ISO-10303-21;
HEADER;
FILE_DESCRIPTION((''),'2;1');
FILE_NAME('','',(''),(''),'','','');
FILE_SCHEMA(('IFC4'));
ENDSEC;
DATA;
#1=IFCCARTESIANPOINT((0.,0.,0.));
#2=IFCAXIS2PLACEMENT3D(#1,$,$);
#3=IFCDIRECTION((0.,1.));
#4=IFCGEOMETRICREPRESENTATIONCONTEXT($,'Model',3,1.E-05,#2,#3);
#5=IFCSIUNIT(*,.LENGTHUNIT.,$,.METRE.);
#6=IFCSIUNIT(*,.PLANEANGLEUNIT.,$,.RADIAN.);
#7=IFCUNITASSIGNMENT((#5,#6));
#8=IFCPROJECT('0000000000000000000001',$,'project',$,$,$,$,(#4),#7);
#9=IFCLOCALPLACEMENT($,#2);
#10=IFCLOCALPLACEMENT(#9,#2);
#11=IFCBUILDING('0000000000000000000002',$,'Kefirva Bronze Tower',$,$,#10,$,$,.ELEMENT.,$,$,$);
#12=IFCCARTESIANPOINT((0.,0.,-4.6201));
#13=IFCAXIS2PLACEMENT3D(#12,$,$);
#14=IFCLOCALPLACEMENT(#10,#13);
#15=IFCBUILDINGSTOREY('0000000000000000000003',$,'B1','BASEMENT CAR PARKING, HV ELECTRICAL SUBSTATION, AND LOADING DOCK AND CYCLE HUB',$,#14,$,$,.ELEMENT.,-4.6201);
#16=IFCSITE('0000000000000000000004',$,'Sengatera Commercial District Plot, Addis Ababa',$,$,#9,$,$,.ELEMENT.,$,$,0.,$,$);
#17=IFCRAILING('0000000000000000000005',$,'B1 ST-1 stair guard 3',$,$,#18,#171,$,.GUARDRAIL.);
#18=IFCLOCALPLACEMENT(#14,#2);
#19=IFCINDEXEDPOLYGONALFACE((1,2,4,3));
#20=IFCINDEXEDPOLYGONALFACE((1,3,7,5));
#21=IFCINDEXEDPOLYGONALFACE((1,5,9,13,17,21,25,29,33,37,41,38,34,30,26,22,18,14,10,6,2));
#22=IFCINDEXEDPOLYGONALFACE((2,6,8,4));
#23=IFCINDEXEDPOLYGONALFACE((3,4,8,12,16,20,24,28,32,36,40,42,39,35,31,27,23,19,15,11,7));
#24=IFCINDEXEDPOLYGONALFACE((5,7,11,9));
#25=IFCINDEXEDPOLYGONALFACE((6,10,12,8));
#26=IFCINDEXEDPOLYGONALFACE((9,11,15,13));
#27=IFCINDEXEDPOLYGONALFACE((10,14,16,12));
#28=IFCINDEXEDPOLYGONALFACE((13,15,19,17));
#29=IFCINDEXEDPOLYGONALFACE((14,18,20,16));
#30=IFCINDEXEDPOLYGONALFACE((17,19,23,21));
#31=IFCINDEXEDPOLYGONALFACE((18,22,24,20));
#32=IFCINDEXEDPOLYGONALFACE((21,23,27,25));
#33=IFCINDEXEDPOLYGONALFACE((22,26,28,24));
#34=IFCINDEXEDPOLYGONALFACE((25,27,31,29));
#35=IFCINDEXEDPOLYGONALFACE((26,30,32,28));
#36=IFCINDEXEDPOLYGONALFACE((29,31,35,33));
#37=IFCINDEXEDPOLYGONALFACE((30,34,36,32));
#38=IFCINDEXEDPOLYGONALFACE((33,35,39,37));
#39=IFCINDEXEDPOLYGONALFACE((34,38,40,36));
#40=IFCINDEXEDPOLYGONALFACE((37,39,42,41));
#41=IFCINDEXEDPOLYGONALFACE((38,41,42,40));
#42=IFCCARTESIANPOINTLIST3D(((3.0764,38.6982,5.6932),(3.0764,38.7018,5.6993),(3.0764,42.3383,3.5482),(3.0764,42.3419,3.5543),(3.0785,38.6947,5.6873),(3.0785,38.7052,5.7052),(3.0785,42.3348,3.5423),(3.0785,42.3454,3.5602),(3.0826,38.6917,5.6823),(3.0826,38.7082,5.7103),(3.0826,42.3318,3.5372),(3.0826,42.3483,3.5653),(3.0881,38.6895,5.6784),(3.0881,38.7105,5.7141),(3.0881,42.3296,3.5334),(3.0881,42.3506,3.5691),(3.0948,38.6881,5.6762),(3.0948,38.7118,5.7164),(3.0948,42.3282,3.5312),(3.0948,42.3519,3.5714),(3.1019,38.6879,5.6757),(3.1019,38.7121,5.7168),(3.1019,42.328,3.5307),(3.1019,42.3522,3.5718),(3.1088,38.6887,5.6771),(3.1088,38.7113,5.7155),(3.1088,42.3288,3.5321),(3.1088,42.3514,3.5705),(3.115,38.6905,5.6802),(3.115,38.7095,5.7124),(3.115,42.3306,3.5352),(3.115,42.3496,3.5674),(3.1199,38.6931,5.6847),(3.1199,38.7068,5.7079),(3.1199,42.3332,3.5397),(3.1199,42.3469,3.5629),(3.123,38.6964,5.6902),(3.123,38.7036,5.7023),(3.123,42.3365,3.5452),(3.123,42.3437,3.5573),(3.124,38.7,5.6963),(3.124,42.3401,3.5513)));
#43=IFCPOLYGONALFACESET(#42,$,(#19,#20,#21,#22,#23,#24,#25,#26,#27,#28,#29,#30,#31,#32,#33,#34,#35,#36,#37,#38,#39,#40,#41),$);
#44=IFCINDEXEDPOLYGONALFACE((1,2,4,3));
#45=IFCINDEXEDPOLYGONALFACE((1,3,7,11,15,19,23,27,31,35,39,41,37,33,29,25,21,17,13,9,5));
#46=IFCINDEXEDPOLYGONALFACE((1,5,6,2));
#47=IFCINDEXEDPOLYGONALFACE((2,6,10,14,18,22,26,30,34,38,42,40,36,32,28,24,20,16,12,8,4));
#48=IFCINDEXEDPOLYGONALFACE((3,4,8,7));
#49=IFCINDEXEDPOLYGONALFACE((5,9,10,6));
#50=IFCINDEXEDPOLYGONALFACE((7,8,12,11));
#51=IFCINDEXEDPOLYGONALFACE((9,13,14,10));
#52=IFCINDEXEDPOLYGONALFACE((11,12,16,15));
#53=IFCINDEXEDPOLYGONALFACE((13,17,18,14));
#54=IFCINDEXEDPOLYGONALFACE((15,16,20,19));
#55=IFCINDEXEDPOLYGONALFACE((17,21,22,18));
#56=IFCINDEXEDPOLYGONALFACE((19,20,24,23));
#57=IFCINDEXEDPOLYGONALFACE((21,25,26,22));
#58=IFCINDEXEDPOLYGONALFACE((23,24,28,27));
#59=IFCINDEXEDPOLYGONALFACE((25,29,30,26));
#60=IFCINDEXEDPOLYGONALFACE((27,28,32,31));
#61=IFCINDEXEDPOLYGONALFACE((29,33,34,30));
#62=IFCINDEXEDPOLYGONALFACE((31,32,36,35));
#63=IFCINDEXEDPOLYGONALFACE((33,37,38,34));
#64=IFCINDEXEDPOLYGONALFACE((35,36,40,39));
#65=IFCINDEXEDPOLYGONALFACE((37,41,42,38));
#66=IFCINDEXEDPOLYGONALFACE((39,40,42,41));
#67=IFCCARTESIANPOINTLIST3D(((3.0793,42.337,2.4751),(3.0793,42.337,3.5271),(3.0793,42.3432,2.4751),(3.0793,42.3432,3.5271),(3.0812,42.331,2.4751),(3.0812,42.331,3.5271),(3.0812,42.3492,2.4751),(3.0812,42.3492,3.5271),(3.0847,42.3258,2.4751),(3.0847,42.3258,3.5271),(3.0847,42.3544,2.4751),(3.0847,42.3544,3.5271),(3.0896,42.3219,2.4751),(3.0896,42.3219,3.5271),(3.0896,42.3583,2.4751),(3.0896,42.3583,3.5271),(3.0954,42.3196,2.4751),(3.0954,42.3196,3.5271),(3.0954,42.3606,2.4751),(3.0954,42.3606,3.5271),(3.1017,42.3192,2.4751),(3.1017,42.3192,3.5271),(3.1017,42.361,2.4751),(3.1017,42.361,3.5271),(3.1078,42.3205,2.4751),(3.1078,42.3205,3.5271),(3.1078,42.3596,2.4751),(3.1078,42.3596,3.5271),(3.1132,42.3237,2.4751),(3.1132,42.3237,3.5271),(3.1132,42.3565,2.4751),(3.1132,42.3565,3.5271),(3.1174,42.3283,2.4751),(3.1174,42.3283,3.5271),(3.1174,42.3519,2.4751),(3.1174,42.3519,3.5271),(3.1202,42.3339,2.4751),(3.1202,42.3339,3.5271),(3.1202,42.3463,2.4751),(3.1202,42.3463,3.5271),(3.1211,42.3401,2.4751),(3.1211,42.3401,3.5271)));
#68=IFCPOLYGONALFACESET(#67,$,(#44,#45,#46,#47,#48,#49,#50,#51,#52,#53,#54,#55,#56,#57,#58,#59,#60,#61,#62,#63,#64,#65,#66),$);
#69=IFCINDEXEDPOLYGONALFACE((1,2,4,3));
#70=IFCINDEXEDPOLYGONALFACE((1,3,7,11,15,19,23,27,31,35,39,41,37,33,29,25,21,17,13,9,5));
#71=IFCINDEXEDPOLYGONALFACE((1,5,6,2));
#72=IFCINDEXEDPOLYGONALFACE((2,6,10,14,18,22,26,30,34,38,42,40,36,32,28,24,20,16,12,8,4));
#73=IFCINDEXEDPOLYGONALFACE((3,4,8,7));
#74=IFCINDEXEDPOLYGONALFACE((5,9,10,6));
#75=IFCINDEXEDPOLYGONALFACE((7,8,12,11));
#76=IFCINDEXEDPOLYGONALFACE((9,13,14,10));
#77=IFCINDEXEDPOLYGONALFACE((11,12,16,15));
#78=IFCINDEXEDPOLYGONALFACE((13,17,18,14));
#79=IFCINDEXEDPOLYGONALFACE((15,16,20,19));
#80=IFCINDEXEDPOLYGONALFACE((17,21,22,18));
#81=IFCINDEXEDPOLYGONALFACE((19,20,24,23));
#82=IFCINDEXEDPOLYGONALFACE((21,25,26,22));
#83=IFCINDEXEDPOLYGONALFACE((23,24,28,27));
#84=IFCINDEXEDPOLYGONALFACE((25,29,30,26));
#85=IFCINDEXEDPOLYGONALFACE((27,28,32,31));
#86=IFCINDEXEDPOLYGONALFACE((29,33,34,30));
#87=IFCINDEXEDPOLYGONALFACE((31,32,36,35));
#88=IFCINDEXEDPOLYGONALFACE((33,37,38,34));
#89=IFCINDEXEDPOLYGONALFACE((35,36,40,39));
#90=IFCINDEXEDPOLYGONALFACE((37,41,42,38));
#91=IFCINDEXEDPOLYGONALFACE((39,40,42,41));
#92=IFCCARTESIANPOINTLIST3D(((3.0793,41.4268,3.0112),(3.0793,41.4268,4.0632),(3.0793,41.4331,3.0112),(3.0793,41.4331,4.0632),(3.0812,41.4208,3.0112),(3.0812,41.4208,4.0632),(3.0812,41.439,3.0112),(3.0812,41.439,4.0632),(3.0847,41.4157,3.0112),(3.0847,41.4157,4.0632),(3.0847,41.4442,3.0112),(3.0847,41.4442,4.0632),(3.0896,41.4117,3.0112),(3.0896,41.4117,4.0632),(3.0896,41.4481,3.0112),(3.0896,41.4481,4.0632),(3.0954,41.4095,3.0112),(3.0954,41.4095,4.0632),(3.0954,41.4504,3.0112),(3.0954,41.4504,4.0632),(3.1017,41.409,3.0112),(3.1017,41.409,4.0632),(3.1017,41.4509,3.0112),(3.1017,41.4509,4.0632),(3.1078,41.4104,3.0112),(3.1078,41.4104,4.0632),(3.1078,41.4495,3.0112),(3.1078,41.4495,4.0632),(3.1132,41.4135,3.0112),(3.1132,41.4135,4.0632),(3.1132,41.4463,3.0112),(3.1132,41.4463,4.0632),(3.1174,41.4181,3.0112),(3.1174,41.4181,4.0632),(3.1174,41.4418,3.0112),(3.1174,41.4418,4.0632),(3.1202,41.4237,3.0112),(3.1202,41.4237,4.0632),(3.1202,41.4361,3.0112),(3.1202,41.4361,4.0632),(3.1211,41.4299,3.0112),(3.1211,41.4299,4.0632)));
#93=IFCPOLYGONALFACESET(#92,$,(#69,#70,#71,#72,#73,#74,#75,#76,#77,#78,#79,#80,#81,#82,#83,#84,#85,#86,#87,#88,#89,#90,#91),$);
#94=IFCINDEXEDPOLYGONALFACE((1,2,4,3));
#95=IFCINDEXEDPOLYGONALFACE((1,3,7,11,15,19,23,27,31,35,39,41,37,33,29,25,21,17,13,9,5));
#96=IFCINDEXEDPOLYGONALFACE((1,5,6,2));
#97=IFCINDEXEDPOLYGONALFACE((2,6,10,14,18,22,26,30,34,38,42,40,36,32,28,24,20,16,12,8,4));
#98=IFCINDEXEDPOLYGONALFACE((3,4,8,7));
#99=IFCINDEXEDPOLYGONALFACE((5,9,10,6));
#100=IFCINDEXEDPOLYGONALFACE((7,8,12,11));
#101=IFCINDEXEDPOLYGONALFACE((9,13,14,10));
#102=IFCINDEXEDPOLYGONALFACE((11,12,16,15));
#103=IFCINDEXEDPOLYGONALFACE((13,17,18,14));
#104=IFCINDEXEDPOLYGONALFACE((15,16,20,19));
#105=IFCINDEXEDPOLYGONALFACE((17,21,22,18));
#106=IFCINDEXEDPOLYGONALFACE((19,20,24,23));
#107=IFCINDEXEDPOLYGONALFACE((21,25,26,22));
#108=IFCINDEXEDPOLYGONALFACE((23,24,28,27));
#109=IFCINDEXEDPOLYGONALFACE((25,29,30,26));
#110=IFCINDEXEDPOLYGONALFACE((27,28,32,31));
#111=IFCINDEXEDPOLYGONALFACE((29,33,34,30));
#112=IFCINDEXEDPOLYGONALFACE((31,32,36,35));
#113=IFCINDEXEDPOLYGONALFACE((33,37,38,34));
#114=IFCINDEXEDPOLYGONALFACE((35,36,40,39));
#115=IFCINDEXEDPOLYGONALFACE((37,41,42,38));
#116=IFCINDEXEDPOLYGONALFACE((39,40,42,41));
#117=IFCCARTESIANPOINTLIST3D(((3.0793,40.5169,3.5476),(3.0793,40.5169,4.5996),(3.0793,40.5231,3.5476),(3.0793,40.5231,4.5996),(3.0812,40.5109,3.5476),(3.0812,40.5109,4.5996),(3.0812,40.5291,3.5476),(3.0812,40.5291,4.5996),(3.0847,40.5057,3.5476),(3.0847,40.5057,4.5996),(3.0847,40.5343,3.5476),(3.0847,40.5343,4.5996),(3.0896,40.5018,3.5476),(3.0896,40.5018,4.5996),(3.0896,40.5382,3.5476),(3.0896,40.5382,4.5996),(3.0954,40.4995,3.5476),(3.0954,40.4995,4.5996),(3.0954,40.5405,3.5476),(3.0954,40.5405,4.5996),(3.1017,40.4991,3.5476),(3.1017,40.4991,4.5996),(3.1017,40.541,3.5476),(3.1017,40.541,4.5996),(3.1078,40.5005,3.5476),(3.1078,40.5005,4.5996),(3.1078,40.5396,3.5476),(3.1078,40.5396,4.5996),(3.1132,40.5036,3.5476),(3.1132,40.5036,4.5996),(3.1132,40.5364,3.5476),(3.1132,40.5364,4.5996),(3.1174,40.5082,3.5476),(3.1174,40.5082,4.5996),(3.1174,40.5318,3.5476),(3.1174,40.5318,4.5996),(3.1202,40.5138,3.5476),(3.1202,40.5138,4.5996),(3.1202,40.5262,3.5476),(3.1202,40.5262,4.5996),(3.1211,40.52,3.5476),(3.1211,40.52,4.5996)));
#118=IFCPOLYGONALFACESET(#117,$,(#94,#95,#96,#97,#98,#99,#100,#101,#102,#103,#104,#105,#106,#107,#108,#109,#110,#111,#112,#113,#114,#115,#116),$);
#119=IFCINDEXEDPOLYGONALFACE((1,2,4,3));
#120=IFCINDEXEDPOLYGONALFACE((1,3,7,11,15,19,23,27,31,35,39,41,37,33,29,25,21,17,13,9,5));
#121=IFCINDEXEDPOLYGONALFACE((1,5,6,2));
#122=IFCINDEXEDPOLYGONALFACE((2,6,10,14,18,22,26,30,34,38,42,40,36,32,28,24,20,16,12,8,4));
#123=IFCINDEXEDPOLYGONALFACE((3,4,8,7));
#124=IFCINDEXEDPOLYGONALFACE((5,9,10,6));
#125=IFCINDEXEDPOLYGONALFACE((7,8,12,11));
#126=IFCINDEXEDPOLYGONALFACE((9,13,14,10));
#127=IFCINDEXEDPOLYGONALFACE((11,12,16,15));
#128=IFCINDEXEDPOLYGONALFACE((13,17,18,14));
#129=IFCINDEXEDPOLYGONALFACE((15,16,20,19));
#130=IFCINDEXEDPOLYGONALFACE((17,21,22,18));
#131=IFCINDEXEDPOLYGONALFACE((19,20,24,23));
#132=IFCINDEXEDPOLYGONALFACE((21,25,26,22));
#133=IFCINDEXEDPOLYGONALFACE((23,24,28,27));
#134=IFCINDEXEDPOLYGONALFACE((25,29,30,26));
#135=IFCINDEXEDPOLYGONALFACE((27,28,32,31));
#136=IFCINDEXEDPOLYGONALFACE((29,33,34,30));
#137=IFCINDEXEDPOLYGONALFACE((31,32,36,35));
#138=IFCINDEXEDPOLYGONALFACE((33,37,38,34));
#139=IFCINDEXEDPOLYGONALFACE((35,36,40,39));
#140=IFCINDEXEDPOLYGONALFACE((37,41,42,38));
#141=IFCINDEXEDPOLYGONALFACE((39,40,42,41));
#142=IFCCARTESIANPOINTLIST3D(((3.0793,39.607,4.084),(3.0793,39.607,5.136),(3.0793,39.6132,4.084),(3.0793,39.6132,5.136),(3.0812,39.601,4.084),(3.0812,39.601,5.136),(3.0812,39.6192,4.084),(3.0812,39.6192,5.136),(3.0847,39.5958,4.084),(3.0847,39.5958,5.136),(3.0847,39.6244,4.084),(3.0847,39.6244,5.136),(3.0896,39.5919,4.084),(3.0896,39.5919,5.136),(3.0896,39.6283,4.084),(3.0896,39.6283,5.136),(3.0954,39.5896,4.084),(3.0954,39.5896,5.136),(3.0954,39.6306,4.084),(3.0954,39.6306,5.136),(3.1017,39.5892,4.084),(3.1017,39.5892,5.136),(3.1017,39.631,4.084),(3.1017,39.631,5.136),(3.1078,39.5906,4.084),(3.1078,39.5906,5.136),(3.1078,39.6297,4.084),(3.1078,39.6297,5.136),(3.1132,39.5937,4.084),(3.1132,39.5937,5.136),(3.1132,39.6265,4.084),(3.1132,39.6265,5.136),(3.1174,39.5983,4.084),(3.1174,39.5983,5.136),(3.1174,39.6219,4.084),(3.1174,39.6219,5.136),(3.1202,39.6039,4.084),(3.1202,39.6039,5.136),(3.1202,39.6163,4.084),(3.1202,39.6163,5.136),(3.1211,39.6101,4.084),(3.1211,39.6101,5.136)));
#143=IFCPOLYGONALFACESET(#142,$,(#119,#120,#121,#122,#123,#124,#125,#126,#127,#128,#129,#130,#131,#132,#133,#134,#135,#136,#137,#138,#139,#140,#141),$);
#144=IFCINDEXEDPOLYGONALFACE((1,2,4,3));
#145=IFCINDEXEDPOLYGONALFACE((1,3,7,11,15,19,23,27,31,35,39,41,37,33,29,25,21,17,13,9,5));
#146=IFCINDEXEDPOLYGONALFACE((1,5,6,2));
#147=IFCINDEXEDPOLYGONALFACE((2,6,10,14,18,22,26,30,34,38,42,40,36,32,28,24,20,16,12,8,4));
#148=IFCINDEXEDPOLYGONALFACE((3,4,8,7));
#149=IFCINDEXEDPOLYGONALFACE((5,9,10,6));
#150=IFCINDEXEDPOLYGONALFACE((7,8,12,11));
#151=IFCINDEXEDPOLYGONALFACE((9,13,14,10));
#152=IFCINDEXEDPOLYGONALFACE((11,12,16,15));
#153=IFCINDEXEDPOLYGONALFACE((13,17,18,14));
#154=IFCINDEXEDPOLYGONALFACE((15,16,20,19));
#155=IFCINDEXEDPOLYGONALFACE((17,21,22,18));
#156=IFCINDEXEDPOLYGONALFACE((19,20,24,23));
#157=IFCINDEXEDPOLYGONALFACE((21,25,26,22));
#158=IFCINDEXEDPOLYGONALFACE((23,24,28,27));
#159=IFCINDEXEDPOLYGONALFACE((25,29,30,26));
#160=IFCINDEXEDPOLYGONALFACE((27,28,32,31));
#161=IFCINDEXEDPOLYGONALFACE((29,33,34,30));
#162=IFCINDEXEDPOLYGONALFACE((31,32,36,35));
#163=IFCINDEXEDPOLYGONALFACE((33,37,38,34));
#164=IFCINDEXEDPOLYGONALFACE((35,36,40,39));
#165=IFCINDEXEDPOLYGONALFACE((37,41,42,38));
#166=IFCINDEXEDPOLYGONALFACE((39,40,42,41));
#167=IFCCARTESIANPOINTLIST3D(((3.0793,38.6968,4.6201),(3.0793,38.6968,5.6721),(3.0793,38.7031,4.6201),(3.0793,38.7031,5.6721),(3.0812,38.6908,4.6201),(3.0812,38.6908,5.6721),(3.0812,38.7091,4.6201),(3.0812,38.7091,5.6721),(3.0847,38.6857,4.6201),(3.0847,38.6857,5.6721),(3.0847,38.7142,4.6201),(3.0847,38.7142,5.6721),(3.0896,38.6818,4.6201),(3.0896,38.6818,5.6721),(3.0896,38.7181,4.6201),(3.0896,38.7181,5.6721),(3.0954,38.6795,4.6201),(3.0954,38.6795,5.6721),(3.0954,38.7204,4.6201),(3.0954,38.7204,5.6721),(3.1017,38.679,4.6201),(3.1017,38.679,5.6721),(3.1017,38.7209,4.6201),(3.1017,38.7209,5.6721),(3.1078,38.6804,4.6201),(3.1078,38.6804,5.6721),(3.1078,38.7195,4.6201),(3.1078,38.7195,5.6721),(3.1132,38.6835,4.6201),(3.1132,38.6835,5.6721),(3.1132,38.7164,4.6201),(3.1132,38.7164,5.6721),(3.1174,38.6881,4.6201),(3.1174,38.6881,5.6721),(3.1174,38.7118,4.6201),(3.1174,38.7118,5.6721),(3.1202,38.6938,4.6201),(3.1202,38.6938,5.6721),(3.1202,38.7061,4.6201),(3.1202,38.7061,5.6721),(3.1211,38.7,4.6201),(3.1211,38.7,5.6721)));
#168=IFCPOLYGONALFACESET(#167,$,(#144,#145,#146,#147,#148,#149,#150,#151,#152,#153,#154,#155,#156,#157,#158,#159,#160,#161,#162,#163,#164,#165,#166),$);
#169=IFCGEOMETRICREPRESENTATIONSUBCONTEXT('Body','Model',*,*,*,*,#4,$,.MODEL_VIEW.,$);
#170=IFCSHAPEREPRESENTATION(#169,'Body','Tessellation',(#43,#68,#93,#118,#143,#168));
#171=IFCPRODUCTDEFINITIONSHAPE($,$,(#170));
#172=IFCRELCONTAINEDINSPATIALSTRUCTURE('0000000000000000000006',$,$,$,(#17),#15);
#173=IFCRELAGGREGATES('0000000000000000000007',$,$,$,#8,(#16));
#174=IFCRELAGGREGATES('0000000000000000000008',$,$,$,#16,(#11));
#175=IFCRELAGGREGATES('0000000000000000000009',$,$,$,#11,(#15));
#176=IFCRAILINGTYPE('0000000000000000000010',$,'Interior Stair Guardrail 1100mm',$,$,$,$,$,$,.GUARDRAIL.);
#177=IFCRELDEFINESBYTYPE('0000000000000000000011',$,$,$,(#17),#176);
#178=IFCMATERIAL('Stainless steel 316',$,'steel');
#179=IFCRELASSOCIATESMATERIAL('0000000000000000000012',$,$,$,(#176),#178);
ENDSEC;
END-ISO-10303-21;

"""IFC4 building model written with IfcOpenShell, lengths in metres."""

from ifc_helpers import new_model, si_unit, direction, frame, origin, origin_2d, place, context, subcontext, project, spatial, circle, extrude, material, type_object, element, save


model = new_model("IFC4")

# Units and contexts
model_context = context("Model", 3, precision=1e-05, world=origin(), true_north=direction((0.0, 1.0)))
body_context = subcontext(model_context, "Body", "Model", "MODEL_VIEW")
ifc_project = project(units=[si_unit("LENGTHUNIT", "METRE"), si_unit("PLANEANGLEUNIT", "RADIAN")], contexts=[model_context])

# Site, building, storey
site_placement = place(None, origin())
site = spatial("IfcSite", under=ifc_project, at=site_placement, Name="Sengatera Commercial District Plot, Addis Ababa", CompositionType="ELEMENT", RefElevation=0.0)
building_placement = place(site_placement, origin())
building = spatial("IfcBuilding", under=site, at=building_placement, Name="Kefirva Bronze Tower", CompositionType="ELEMENT")
storey_placement = place(building_placement, frame((0.0, 0.0, -4.6201)))
storey = spatial("IfcBuildingStorey", under=building, at=storey_placement, Name="B1", Description="BASEMENT CAR PARKING, HV ELECTRICAL SUBSTATION, AND LOADING DOCK AND CYCLE HUB", CompositionType="ELEMENT", Elevation=-4.6201)

# Railing
ifc_material_1 = material(Name="Stainless steel 316", Category="steel")
railing_type_1 = type_object("IfcRailingType", Name="Interior Stair Guardrail 1100mm", PredefinedType="GUARDRAIL", material=ifc_material_1)
railing_1_placement = place(storey_placement, frame((3.1001, 42.3401, 2.4751)))
element("IfcRailing", 1, at=railing_1_placement, inside=storey, type_object=railing_type_1, Name="B1 ST-1 stair guard 3", PredefinedType="GUARDRAIL", context=body_context, shape_type="SweptSolid", body=[
    extrude(circle(Radius=0.0239, at=origin_2d()), frame((0.0, 0.0, 1.0762), z_axis=(0.0, -0.861545, 0.507682), x_axis=(1.0, 0.0, 0.0)), (0.0, 0.0, 1.0), 4.2251),
    extrude(circle(Radius=0.021, at=origin_2d()), origin(), (0.0, 0.0, 1.0), 1.052),
    extrude(circle(Radius=0.021, at=origin_2d()), frame((0.0, -0.9102, 0.5361)), (0.0, 0.0, 1.0), 1.052),
    extrude(circle(Radius=0.021, at=origin_2d()), frame((0.0, -1.8201, 1.0725)), (0.0, 0.0, 1.0), 1.052),
    extrude(circle(Radius=0.021, at=origin_2d()), frame((0.0, -2.73, 1.6089)), (0.0, 0.0, 1.0), 1.052),
    extrude(circle(Radius=0.021, at=origin_2d()), frame((0.0, -3.6401, 2.145)), (0.0, 0.0, 1.0), 1.052),
])

save(model, "model.ifc")
